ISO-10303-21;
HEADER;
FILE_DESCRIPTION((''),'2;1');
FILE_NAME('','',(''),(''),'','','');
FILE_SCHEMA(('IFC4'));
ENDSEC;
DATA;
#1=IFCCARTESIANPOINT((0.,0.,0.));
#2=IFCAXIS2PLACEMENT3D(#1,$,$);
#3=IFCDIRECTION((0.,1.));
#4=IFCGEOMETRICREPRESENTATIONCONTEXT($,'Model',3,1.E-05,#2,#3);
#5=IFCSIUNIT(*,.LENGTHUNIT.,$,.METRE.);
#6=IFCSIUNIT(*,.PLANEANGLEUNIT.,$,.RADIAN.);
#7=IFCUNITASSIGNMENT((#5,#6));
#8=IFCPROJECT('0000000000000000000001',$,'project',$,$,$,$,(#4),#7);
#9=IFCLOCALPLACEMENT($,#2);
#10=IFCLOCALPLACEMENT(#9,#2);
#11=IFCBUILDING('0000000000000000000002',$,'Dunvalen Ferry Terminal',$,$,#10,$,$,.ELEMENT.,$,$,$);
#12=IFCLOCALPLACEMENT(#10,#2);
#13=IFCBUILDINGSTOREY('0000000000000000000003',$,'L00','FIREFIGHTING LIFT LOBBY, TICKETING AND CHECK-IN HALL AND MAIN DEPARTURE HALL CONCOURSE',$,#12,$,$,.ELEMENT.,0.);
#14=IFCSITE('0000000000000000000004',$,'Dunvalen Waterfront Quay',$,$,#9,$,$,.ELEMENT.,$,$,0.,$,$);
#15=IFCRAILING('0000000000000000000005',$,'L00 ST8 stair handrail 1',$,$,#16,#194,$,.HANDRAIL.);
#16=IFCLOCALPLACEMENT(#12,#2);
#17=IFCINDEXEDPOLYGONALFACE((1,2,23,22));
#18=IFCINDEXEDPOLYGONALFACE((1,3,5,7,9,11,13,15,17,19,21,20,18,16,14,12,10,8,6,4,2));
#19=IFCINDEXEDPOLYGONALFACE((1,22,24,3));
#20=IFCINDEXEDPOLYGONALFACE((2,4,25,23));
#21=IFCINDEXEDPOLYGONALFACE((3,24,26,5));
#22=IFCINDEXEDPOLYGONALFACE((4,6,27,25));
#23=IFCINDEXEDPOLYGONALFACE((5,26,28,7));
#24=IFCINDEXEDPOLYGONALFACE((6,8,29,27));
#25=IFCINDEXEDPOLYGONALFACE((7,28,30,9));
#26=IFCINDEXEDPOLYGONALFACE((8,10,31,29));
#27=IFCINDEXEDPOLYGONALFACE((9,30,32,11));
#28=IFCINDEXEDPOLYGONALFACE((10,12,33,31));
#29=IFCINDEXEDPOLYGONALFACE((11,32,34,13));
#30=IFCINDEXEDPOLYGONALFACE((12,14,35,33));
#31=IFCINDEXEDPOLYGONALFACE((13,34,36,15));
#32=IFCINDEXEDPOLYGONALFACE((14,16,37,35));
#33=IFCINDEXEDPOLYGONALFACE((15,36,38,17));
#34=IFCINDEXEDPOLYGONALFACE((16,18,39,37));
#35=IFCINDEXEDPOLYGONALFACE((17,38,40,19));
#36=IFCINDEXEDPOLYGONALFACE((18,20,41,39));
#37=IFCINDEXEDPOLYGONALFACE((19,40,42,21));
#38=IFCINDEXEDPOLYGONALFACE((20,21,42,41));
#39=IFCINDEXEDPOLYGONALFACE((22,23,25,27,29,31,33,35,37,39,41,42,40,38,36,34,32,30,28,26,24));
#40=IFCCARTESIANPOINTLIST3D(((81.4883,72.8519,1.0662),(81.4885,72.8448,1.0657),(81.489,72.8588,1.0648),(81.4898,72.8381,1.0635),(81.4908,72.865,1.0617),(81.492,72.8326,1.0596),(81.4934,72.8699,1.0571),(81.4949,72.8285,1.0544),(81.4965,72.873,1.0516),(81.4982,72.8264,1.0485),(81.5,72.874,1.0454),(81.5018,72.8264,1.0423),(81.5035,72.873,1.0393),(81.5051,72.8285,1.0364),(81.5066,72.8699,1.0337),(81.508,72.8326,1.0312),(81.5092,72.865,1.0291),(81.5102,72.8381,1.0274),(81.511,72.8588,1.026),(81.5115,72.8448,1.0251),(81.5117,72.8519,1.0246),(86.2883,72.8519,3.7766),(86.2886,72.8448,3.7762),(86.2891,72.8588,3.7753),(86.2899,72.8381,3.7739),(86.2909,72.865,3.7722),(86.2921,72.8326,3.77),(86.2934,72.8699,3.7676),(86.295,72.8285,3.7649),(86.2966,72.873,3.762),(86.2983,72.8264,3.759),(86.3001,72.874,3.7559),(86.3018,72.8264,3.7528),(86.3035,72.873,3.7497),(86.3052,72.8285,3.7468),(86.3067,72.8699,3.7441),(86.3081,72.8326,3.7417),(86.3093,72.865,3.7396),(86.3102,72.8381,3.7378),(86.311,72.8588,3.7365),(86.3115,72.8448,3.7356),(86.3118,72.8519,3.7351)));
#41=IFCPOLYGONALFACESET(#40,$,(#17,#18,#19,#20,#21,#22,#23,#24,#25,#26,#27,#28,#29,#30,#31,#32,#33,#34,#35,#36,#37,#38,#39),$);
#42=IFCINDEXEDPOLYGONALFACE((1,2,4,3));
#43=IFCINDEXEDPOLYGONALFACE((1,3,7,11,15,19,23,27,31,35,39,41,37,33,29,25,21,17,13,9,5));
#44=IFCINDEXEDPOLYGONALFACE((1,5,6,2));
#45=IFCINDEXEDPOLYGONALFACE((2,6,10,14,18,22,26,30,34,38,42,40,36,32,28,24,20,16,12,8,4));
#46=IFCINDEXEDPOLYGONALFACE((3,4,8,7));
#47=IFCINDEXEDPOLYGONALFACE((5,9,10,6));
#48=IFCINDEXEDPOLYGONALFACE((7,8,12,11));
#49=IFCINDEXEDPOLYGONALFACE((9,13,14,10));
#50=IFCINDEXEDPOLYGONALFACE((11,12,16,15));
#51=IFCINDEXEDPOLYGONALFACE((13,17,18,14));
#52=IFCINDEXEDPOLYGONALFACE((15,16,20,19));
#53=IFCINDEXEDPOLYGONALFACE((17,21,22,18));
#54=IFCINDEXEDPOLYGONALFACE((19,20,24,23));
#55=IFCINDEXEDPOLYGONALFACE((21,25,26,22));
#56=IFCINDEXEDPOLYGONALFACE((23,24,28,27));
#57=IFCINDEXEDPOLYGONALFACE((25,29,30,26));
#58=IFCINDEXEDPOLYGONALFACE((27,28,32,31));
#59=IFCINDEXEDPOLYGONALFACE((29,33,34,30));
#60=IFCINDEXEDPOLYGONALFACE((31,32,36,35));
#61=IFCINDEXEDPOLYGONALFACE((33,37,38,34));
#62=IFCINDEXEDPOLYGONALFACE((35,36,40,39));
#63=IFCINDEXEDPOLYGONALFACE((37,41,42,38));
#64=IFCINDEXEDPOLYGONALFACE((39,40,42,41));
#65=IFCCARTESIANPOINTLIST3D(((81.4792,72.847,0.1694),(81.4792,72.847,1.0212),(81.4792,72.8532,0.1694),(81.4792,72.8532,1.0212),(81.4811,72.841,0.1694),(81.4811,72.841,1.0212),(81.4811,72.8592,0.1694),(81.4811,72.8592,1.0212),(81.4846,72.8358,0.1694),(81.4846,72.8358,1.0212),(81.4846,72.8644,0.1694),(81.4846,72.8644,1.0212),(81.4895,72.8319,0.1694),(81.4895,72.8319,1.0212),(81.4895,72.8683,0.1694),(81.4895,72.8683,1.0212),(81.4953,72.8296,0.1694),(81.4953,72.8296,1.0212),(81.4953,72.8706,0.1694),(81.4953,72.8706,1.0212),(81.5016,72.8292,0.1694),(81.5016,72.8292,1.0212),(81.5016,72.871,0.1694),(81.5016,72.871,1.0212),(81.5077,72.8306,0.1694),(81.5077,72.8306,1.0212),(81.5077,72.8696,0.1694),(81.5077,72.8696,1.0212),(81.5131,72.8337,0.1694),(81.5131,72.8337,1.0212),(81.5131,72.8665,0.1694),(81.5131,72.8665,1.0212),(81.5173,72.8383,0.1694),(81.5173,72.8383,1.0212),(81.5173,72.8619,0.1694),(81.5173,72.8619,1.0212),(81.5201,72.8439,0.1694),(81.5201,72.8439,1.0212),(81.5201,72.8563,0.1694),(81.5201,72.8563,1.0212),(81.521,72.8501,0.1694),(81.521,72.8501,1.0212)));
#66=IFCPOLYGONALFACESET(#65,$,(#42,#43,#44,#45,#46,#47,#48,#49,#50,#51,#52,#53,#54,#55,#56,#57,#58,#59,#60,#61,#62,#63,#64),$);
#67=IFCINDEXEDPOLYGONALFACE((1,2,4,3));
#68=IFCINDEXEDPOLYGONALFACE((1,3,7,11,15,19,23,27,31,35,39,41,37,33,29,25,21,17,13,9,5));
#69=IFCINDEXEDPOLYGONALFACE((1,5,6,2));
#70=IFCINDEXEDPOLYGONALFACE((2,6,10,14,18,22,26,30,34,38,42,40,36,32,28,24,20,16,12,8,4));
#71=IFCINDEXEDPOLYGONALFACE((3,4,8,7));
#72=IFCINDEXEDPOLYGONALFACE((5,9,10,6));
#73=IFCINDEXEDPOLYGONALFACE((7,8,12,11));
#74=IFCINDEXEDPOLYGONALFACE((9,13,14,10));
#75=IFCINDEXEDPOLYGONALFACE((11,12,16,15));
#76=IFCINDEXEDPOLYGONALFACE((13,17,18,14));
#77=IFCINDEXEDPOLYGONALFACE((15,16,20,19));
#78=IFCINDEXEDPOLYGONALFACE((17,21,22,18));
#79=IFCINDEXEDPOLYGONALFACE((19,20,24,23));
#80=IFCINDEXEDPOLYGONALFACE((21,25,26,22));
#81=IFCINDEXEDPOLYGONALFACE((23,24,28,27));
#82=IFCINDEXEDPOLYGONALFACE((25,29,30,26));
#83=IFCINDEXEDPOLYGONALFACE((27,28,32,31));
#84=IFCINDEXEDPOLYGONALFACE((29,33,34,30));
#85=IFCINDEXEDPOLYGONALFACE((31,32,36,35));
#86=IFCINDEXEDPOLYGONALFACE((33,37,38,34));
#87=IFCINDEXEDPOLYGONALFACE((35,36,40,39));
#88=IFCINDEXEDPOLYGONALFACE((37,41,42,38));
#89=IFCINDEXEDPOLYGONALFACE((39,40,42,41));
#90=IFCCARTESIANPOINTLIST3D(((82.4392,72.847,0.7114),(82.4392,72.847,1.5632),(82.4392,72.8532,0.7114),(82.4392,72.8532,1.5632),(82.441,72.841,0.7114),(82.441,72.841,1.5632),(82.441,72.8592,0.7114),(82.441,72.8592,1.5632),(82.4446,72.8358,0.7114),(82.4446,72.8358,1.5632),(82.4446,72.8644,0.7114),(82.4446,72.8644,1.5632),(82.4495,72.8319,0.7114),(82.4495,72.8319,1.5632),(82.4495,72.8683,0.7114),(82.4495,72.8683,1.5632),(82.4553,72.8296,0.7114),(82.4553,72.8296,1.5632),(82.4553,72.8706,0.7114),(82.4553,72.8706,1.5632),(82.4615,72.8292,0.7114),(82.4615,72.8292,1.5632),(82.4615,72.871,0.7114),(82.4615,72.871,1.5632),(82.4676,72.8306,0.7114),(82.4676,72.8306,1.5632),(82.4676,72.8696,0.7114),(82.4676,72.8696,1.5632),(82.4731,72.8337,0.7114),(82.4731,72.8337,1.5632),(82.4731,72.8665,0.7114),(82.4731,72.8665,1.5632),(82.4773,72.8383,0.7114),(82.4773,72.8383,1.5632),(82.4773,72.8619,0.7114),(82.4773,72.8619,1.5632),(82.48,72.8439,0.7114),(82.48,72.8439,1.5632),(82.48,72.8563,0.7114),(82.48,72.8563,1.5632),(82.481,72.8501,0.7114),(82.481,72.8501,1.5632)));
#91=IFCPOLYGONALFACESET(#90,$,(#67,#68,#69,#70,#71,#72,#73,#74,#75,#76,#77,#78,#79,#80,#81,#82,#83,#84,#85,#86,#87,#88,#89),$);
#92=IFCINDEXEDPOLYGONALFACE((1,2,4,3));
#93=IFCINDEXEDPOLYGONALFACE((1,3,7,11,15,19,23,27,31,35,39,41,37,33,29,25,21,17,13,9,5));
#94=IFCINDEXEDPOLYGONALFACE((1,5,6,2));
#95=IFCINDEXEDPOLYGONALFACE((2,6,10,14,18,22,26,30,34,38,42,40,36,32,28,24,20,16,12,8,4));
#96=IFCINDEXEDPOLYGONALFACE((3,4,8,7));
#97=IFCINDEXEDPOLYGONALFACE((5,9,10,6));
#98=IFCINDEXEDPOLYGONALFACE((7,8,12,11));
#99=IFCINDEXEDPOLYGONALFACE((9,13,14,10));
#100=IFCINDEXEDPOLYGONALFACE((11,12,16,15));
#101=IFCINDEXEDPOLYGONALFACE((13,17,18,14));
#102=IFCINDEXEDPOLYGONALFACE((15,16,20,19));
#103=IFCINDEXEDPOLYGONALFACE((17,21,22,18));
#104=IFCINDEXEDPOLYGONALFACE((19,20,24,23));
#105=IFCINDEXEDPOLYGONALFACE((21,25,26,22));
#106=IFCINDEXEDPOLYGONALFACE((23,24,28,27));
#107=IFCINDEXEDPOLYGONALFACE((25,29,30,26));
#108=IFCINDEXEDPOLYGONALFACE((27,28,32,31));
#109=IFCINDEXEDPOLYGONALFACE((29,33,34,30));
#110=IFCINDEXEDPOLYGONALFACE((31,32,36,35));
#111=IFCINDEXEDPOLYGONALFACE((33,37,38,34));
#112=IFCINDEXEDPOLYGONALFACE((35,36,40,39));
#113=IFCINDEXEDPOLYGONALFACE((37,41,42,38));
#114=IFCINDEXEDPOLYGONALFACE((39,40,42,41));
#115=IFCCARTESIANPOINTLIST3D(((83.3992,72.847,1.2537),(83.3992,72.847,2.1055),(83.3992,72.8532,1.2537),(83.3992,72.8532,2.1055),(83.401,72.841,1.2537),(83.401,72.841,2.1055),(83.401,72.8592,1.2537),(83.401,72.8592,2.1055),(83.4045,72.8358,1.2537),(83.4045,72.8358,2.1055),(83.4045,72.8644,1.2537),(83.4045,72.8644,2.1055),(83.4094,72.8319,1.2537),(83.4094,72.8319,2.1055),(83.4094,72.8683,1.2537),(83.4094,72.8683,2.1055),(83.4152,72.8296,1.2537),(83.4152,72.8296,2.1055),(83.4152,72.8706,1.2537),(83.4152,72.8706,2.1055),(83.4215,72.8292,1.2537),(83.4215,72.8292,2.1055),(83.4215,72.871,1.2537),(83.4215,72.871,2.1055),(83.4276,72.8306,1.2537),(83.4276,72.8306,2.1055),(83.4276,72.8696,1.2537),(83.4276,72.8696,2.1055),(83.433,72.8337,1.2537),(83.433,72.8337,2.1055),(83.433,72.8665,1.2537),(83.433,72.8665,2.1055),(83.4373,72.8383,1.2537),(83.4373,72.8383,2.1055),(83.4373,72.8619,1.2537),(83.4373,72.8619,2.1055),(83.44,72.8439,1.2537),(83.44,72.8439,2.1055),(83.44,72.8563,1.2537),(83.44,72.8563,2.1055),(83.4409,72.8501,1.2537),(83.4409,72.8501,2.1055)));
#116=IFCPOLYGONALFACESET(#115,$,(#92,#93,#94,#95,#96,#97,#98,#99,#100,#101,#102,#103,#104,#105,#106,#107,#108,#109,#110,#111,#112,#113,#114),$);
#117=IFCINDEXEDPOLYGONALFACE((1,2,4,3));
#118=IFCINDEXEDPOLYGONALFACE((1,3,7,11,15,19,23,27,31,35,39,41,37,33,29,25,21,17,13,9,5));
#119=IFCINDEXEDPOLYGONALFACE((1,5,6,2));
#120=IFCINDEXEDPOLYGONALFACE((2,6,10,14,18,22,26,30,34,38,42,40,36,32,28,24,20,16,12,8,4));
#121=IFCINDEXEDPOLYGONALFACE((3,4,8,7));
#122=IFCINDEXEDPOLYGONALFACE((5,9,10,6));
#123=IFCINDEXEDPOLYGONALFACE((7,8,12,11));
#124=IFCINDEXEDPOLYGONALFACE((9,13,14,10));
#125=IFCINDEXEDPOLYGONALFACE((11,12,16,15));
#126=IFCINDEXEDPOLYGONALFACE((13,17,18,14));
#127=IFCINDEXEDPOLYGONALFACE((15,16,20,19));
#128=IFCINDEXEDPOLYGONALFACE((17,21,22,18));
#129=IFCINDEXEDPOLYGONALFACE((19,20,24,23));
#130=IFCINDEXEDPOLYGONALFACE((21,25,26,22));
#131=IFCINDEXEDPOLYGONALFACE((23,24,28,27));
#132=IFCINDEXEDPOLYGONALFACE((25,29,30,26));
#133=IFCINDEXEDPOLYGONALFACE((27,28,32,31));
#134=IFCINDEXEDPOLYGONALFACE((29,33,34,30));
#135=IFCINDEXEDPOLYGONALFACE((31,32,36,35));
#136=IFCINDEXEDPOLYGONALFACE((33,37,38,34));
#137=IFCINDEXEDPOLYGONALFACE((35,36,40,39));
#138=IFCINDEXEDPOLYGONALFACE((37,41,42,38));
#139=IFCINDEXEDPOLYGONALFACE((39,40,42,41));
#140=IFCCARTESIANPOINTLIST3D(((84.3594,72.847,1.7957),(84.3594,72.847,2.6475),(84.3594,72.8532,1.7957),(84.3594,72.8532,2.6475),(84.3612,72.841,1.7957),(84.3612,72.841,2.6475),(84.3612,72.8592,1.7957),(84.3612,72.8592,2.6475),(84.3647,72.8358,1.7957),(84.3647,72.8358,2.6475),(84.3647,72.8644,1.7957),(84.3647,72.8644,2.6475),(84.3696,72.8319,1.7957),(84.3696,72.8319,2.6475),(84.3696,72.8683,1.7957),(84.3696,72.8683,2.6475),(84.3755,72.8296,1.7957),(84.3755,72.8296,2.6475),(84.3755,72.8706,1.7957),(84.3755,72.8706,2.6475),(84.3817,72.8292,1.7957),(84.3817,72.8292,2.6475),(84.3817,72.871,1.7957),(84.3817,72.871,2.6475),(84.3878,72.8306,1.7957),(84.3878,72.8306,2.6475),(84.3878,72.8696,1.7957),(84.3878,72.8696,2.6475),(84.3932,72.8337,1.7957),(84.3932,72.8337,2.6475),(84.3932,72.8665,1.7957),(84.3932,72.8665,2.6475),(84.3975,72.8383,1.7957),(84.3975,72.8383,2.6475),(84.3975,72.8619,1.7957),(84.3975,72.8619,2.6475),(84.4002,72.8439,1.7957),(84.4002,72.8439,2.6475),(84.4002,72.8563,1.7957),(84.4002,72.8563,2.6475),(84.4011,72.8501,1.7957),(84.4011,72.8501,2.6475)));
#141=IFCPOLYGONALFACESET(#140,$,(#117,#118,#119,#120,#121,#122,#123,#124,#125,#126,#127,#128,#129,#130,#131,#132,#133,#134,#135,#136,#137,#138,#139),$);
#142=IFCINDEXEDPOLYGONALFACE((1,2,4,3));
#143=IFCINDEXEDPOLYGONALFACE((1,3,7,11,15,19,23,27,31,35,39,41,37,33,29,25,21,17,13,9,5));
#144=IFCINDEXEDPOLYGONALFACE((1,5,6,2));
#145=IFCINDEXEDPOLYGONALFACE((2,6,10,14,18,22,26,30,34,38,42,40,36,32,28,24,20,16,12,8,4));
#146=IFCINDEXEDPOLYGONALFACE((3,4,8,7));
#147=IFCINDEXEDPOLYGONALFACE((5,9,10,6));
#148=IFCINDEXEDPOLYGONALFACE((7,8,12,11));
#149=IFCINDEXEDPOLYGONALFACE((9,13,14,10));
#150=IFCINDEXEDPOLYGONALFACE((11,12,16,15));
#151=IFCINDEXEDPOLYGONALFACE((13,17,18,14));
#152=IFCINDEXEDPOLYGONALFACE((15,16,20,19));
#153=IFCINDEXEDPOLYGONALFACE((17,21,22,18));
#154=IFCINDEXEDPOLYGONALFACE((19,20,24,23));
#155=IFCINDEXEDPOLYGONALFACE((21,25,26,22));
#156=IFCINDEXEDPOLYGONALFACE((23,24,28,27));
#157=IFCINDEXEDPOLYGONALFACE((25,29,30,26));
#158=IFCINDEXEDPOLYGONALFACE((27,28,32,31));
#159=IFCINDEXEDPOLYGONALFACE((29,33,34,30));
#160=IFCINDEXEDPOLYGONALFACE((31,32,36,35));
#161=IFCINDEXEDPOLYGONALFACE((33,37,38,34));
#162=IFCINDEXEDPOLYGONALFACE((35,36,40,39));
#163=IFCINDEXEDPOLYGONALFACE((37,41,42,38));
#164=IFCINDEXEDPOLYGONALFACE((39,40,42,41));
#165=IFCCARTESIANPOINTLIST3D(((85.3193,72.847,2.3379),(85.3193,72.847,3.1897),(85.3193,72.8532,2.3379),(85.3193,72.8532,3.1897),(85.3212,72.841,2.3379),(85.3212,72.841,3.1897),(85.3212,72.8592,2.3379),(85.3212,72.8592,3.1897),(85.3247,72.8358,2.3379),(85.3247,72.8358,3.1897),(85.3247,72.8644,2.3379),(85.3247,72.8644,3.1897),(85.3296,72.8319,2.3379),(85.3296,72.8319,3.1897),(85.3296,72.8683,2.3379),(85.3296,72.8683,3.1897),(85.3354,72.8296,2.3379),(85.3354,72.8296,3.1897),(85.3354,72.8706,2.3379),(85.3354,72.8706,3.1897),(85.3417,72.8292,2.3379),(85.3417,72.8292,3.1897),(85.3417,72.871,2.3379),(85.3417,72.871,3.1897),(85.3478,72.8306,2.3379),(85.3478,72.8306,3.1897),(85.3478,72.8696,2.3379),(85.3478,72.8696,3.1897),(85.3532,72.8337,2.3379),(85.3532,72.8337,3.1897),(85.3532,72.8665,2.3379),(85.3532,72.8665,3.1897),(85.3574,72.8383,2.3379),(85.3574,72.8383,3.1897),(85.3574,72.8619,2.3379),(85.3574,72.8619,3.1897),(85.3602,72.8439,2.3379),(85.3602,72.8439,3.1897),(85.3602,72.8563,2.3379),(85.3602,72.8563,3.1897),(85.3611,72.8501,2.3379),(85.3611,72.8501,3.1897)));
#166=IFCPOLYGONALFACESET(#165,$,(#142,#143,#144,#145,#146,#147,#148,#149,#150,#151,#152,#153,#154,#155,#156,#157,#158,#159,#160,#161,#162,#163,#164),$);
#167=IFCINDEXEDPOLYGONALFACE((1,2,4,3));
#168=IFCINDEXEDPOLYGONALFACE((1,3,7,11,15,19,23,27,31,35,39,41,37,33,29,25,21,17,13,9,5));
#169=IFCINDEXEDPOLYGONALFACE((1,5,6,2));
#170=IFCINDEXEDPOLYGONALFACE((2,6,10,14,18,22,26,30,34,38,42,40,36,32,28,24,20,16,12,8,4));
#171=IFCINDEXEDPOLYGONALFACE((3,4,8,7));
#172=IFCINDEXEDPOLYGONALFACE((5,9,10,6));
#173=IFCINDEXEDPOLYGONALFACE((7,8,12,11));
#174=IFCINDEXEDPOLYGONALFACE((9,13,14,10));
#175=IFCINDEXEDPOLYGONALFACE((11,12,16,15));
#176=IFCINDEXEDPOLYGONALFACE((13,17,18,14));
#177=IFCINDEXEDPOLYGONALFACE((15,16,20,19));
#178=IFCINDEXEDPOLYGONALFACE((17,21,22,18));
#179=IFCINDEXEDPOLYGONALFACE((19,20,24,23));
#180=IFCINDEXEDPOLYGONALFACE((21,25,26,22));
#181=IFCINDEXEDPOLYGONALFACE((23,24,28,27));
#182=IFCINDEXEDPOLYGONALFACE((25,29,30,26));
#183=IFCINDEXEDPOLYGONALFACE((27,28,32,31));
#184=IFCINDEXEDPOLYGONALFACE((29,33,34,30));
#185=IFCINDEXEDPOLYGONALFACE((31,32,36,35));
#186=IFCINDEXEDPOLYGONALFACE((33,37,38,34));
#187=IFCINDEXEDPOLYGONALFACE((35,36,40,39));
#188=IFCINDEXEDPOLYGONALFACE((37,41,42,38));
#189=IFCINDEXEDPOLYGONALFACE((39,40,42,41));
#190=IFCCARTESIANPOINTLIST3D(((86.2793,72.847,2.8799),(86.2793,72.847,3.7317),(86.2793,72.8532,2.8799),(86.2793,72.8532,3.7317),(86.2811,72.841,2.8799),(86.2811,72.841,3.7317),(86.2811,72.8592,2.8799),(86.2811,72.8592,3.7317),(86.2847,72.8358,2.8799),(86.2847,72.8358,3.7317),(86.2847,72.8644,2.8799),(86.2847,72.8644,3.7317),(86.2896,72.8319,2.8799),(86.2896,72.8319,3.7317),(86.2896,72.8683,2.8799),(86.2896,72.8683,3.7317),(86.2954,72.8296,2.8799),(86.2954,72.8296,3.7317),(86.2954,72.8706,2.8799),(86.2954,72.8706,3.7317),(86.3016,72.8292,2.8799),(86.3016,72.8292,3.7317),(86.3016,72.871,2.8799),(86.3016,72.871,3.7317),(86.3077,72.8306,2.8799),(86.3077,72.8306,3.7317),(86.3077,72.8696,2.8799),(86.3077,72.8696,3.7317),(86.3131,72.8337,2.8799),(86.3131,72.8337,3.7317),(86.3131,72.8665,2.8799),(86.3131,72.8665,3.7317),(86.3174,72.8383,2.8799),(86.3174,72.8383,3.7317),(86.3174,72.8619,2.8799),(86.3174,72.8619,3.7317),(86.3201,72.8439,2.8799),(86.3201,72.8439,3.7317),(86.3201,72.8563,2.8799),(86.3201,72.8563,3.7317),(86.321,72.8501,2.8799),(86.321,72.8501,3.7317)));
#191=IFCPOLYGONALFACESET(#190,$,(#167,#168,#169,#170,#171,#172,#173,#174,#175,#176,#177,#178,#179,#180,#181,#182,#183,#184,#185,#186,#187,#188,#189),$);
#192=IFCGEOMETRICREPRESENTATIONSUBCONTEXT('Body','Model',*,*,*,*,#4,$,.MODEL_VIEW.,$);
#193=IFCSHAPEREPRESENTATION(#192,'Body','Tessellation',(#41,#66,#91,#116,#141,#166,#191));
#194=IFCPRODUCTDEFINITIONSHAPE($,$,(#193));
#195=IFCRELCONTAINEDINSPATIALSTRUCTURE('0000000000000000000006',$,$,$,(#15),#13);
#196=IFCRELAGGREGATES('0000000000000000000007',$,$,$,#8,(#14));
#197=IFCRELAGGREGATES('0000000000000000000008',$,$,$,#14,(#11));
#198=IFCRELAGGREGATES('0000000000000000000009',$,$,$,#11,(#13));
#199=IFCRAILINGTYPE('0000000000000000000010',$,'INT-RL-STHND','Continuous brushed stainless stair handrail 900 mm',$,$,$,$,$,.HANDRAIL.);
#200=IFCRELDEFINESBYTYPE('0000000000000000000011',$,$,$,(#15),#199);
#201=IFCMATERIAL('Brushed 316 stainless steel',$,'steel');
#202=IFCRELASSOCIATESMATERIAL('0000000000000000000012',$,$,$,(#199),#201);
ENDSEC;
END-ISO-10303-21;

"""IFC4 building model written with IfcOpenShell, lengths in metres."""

from ifc_helpers import new_model, si_unit, direction, frame, origin, origin_2d, place, context, subcontext, project, spatial, circle, extrude, material, type_object, element, save


model = new_model("IFC4")

# Units and contexts
model_context = context("Model", 3, precision=1e-05, world=origin(), true_north=direction((0.0, 1.0)))
body_context = subcontext(model_context, "Body", "Model", "MODEL_VIEW")
ifc_project = project(units=[si_unit("LENGTHUNIT", "METRE"), si_unit("PLANEANGLEUNIT", "RADIAN")], contexts=[model_context])

# Site, building, storey
site_placement = place(None, origin())
site = spatial("IfcSite", under=ifc_project, at=site_placement, Name="Dunvalen Waterfront Quay", CompositionType="ELEMENT", RefElevation=0.0)
building_placement = place(site_placement, origin())
building = spatial("IfcBuilding", under=site, at=building_placement, Name="Dunvalen Ferry Terminal", CompositionType="ELEMENT")
storey_placement = place(building_placement, origin())
storey = spatial("IfcBuildingStorey", under=building, at=storey_placement, Name="L00", Description="FIREFIGHTING LIFT LOBBY, TICKETING AND CHECK-IN HALL AND MAIN DEPARTURE HALL CONCOURSE", CompositionType="ELEMENT", Elevation=0.0)

# Railing
ifc_material_1 = material(Name="Brushed 316 stainless steel", Category="steel")
railing_type_1 = type_object("IfcRailingType", Name="INT-RL-STHND", Description="Continuous brushed stainless stair handrail 900 mm", PredefinedType="HANDRAIL", material=ifc_material_1)
railing_1_placement = place(storey_placement, frame((81.5, 72.8501, 0.1694)))
element("IfcRailing", 1, at=railing_1_placement, inside=storey, type_object=railing_type_1, Name="L00 ST8 stair handrail 1", PredefinedType="HANDRAIL", context=body_context, shape_type="SweptSolid", body=[
    extrude(circle(Radius=0.0239, at=origin_2d()), frame((0.0, 0.0, 0.876), z_axis=(0.870767, 0.0, 0.491697), x_axis=(0.0, 1.0, 0.0)), (0.0, 0.0, 1.0), 5.5125),
    extrude(circle(Radius=0.021, at=origin_2d()), origin(), (0.0, 0.0, 1.0), 0.8518),
    extrude(circle(Radius=0.021, at=origin_2d()), frame((0.96, 0.0, 0.542)), (0.0, 0.0, 1.0), 0.8518),
    extrude(circle(Radius=0.021, at=origin_2d()), frame((1.9199, 0.0, 1.0842)), (0.0, 0.0, 1.0), 0.8518),
    extrude(circle(Radius=0.021, at=origin_2d()), frame((2.8801, 0.0, 1.6262)), (0.0, 0.0, 1.0), 0.8518),
    extrude(circle(Radius=0.021, at=origin_2d()), frame((3.8401, 0.0, 2.1685)), (0.0, 0.0, 1.0), 0.8518),
    extrude(circle(Radius=0.021, at=origin_2d()), frame((4.8, 0.0, 2.7104)), (0.0, 0.0, 1.0), 0.8518),
])

save(model, "model.ifc")
